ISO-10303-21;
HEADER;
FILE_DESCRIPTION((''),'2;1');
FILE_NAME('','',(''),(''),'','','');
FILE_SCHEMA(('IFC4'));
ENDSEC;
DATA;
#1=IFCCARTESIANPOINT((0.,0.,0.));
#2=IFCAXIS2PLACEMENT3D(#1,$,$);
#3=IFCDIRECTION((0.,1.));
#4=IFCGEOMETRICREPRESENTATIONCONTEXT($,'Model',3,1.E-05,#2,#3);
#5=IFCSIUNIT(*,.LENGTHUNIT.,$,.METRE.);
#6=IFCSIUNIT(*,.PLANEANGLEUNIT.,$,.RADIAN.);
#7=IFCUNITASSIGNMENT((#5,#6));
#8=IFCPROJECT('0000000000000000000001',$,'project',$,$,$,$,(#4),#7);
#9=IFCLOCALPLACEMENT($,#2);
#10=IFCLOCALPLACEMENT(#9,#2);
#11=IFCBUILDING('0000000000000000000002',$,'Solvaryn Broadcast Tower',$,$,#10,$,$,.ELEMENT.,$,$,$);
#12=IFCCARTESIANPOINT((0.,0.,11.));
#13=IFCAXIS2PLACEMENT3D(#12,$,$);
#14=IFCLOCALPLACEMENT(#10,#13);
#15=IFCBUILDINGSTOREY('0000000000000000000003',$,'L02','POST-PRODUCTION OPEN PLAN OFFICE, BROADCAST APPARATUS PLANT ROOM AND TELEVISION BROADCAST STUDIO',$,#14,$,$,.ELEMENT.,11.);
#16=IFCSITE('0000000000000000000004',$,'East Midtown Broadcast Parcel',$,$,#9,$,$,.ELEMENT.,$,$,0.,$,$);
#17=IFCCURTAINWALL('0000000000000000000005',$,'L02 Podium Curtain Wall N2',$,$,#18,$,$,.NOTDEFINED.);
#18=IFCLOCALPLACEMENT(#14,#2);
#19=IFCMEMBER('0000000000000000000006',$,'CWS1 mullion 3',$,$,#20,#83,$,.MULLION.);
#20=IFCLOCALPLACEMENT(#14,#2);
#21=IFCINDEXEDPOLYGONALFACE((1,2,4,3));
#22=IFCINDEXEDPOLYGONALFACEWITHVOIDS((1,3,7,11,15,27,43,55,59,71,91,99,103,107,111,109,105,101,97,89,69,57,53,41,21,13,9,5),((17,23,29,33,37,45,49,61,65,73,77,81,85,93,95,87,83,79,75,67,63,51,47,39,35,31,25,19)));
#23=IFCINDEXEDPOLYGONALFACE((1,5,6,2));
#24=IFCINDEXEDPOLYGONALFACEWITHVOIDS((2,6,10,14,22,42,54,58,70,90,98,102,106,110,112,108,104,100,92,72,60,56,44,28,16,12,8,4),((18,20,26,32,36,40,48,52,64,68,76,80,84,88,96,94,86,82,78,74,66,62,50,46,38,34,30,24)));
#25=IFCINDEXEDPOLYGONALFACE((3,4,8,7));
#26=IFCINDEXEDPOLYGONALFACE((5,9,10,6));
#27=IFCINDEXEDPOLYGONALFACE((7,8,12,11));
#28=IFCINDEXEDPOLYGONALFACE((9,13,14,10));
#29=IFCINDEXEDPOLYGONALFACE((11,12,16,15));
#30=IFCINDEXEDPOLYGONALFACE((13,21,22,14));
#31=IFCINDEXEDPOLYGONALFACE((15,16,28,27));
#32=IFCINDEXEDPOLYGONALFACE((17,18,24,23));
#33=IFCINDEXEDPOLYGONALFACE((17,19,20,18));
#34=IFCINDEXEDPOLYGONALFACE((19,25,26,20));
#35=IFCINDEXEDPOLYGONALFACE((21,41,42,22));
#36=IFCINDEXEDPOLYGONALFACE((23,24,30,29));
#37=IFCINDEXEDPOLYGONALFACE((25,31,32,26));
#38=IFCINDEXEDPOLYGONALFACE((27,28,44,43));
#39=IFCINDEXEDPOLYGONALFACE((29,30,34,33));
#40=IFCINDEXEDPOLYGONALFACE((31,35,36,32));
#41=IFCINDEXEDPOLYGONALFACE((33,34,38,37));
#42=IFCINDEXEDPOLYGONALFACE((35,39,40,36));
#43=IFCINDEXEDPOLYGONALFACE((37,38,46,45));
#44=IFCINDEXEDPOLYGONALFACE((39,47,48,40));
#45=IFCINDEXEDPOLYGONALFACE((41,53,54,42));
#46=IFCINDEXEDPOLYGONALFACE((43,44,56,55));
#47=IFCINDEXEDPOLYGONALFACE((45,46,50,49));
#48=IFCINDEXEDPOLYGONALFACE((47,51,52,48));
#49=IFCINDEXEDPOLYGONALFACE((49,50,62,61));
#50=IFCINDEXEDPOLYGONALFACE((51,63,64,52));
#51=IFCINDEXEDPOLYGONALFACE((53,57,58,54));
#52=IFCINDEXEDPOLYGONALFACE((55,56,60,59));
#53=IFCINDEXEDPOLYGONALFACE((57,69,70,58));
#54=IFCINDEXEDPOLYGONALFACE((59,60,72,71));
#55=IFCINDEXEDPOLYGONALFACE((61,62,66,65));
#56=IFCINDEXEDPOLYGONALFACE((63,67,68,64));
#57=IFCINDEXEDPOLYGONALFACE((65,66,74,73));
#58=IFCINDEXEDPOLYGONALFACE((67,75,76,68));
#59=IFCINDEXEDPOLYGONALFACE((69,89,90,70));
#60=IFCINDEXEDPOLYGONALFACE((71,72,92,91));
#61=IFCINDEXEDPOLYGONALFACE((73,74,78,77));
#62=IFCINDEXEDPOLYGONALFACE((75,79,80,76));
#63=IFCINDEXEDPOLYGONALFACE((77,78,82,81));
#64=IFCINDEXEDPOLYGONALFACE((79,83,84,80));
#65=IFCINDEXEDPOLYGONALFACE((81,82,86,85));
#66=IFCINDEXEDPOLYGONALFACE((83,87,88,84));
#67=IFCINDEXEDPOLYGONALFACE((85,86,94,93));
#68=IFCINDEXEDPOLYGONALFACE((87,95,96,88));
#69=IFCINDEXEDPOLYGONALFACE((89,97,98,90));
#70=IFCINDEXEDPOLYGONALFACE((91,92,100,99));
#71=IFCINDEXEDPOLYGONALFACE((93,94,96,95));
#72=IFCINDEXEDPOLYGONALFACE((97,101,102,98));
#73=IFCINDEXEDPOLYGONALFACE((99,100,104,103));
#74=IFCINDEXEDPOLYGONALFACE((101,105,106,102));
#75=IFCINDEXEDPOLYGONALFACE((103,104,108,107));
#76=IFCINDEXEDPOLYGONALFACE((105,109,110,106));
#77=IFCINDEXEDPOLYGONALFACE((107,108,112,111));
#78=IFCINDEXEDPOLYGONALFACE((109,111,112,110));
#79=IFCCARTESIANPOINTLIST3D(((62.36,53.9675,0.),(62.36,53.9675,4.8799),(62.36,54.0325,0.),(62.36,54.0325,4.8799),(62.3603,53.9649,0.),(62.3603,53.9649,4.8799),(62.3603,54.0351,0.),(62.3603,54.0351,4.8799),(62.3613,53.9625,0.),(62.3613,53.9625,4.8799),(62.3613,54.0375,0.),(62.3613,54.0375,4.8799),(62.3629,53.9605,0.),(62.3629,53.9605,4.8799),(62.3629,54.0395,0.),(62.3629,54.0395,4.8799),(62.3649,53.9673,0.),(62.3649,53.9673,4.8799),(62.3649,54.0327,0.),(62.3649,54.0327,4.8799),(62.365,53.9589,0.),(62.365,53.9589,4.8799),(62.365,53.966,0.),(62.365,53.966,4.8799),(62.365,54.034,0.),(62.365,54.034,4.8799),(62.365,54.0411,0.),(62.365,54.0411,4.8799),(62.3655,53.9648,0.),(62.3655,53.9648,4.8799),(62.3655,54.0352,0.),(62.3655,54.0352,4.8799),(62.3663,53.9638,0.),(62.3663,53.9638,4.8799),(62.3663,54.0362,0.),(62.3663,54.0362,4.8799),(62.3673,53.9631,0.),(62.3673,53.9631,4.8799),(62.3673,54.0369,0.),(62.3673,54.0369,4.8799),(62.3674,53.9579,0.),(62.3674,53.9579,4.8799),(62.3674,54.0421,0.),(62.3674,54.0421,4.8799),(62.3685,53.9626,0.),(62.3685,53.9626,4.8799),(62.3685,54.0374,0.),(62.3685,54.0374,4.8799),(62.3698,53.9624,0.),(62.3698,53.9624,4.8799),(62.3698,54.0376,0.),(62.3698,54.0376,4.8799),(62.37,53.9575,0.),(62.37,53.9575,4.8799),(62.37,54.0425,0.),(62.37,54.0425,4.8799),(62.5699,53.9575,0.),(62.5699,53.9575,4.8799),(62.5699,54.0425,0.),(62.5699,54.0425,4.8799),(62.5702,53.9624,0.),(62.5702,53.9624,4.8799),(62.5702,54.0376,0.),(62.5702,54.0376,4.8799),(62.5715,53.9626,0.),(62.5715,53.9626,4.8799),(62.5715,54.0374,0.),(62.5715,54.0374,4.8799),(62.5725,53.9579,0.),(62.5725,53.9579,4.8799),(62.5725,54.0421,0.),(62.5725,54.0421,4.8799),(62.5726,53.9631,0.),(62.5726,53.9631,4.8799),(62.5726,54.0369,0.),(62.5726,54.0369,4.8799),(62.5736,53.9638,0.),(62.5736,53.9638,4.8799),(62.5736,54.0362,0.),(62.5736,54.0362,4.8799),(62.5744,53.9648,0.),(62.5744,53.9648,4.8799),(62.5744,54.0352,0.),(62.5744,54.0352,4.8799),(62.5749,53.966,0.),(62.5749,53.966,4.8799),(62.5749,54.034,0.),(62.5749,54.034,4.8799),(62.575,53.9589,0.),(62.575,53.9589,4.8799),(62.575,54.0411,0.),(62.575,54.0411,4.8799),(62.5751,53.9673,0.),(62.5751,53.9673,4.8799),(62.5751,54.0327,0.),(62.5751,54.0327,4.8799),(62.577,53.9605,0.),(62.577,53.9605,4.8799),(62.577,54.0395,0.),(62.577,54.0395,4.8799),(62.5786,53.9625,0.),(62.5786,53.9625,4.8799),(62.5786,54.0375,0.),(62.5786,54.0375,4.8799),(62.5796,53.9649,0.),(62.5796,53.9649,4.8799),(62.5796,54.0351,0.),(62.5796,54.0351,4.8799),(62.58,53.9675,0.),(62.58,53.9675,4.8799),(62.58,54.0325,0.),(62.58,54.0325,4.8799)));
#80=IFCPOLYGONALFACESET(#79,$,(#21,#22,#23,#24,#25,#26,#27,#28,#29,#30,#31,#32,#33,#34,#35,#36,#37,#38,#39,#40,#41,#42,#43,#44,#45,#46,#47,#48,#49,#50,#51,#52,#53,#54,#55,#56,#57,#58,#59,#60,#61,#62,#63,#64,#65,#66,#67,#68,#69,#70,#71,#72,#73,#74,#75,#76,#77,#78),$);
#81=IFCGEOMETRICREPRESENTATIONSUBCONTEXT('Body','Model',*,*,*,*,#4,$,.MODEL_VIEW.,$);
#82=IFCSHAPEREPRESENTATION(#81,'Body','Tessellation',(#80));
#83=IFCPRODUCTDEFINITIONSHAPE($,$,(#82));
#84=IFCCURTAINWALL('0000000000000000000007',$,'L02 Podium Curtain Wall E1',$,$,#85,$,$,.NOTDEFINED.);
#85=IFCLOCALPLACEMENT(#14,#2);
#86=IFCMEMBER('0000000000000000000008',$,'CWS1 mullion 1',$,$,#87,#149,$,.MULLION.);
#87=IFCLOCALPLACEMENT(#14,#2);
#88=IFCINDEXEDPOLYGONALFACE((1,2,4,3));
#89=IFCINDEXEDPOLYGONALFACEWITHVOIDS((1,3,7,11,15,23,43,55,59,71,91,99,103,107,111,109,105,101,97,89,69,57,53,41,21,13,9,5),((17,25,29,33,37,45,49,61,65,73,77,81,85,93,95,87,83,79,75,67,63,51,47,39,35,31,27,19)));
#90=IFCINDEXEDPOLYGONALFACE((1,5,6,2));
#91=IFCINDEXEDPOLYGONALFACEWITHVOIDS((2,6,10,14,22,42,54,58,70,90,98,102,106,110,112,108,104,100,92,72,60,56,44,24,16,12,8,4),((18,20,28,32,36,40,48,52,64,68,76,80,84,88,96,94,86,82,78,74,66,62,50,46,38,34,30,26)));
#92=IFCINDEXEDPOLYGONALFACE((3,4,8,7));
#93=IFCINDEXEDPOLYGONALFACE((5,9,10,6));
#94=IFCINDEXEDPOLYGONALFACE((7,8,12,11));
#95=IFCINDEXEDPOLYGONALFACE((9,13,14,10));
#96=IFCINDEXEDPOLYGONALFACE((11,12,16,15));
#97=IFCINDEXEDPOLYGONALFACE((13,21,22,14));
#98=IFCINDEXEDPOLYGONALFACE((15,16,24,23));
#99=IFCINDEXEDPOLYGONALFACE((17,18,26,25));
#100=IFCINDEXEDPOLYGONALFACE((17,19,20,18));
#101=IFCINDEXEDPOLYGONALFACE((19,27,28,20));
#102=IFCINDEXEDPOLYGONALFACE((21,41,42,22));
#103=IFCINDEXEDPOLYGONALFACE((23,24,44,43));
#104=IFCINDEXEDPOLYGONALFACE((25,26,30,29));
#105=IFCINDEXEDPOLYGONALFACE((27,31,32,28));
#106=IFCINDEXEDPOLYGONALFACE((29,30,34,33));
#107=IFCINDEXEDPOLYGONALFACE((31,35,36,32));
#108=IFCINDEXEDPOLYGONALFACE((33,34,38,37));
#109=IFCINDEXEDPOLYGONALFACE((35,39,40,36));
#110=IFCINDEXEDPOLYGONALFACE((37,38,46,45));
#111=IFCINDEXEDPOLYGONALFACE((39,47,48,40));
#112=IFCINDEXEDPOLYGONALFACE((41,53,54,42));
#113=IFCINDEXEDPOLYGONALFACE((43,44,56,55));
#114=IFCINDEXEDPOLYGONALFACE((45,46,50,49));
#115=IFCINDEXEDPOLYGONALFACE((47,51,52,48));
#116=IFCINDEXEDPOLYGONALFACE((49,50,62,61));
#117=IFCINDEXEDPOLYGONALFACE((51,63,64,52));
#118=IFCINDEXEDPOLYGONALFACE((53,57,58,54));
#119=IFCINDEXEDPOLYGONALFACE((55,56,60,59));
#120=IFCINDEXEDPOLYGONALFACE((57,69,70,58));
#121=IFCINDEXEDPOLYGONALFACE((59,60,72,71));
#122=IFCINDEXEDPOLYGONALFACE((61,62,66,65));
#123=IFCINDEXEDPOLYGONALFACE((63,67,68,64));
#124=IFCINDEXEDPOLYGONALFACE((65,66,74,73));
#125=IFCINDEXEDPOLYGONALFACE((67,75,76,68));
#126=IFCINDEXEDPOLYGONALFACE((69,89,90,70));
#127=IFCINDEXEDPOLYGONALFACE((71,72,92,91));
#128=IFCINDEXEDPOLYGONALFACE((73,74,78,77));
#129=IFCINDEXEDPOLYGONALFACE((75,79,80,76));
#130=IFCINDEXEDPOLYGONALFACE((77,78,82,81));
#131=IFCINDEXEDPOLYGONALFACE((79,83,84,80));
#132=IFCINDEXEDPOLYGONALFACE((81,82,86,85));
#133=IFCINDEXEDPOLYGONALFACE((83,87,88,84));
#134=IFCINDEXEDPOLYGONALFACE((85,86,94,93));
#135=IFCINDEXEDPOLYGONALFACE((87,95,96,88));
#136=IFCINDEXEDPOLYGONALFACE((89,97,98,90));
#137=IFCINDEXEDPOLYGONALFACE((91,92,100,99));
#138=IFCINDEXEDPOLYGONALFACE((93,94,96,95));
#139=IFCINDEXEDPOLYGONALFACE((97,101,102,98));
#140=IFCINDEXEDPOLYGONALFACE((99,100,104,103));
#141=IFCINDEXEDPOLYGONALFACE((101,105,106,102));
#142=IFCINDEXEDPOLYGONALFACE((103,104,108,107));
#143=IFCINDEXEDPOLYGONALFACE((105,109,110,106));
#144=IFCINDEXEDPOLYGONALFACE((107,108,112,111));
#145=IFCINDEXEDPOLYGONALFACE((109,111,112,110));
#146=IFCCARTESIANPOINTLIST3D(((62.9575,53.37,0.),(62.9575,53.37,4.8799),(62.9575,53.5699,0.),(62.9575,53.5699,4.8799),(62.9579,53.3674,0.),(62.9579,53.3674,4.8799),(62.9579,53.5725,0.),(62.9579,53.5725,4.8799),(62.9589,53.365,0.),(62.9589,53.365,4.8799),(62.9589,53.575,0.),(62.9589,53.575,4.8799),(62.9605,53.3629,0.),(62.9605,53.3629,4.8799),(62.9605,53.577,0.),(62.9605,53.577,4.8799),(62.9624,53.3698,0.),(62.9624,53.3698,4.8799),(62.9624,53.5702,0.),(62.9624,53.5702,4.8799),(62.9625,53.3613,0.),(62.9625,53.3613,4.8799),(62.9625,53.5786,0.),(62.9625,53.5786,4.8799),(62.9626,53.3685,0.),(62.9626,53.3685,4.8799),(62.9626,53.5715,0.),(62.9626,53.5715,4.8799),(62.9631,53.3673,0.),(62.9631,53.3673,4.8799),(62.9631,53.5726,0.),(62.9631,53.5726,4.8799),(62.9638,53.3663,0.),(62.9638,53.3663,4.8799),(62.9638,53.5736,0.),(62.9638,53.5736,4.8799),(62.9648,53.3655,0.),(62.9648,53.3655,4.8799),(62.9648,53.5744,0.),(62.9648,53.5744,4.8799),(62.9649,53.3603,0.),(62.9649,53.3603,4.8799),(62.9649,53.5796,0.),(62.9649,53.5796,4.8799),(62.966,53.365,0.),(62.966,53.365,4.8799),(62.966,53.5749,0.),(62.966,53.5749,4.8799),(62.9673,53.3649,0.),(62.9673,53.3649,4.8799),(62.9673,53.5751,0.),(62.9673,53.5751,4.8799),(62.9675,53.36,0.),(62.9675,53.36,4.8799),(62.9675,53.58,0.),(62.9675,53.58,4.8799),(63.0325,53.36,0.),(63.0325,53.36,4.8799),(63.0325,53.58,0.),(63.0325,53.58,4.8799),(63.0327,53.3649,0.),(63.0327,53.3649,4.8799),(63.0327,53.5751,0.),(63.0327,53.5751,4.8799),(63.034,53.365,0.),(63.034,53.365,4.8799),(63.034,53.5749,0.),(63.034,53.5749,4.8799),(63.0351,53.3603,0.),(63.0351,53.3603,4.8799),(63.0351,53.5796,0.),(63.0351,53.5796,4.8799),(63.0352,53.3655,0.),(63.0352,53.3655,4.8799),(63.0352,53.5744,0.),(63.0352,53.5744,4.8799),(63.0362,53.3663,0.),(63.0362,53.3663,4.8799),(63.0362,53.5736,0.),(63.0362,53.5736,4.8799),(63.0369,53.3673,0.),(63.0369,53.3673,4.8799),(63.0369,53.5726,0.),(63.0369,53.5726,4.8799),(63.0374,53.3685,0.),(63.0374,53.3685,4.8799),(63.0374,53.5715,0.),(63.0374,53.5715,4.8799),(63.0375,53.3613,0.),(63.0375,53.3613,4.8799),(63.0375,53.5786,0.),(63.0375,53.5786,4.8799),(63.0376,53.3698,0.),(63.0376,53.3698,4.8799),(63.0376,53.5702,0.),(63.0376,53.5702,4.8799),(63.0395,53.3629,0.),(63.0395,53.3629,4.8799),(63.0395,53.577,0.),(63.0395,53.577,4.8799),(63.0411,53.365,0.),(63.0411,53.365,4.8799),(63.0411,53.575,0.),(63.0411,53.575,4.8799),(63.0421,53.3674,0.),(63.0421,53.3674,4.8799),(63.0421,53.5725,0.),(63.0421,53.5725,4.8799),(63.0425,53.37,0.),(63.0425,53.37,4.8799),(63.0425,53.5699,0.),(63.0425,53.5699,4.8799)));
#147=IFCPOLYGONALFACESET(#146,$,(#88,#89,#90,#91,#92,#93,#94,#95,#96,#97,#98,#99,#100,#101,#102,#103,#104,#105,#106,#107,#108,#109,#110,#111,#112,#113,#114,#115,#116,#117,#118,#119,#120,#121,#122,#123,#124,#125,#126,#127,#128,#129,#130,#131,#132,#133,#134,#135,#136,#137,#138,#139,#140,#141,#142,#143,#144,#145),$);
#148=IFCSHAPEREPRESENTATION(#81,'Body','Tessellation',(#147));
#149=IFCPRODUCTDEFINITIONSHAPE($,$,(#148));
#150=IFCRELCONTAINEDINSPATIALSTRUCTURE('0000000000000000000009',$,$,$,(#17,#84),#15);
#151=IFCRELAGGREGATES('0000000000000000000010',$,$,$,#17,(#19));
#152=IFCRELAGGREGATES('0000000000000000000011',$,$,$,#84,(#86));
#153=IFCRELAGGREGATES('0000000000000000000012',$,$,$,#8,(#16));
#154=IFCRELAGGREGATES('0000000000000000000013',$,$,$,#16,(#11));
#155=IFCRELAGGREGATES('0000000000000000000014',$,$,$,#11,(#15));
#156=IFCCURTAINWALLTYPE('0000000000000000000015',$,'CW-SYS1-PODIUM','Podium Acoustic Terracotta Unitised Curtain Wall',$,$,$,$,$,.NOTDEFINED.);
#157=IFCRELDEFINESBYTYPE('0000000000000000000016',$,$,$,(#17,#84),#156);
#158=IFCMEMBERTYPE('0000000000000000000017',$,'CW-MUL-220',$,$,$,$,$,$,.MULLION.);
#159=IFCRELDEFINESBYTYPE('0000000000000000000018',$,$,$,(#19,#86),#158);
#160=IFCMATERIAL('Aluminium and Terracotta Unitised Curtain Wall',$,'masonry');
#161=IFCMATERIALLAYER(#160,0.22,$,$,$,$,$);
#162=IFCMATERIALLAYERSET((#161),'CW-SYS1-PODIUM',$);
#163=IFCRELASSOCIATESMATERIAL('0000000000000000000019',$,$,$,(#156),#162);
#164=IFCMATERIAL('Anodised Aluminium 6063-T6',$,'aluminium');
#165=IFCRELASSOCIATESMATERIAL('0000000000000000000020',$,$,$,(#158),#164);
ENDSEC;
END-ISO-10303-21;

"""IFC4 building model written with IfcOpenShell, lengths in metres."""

from ifc_helpers import new_model, si_unit, direction, frame, origin, origin_2d, place, context, subcontext, project, spatial, hollow_rectangle, extrude, material, layer, layer_set, material_profile, profile_set, type_object, element, aggregate, save


model = new_model("IFC4")

# Units and contexts
model_context = context("Model", 3, precision=1e-05, world=origin(), true_north=direction((0.0, 1.0)))
body_context = subcontext(model_context, "Body", "Model", "MODEL_VIEW")
ifc_project = project(units=[si_unit("LENGTHUNIT", "METRE"), si_unit("PLANEANGLEUNIT", "RADIAN")], contexts=[model_context])

# Site, building, storey
site_placement = place(None, origin())
site = spatial("IfcSite", under=ifc_project, at=site_placement, Name="East Midtown Broadcast Parcel", CompositionType="ELEMENT", RefElevation=0.0)
building_placement = place(site_placement, origin())
building = spatial("IfcBuilding", under=site, at=building_placement, Name="Solvaryn Broadcast Tower", CompositionType="ELEMENT")
storey_placement = place(building_placement, frame((0.0, 0.0, 11.0)))
storey = spatial("IfcBuildingStorey", under=building, at=storey_placement, Name="L02", Description="POST-PRODUCTION OPEN PLAN OFFICE, BROADCAST APPARATUS PLANT ROOM AND TELEVISION BROADCAST STUDIO", CompositionType="ELEMENT", Elevation=11.0)

# Curtain wall, member
ifc_material_1 = material(Name="Aluminium and Terracotta Unitised Curtain Wall", Category="masonry")
ifc_layer_1 = layer(ifc_material_1, 0.22)
ifc_layer_set_1 = layer_set([ifc_layer_1], Name="CW-SYS1-PODIUM")
curtain_wall_type = type_object("IfcCurtainWallType", Name="CW-SYS1-PODIUM", Description="Podium Acoustic Terracotta Unitised Curtain Wall", PredefinedType="NOTDEFINED", material=ifc_layer_set_1)
curtain_wall_1_placement = place(storey_placement, origin())
curtain_wall_1 = element("IfcCurtainWall", 1, at=curtain_wall_1_placement, inside=storey, type_object=curtain_wall_type, Name="L02 Podium Curtain Wall N2", PredefinedType="NOTDEFINED")
ifc_material_2 = material(Name="Anodised Aluminium 6063-T6", Category="aluminium")
ifc_material_profile_1 = material_profile(ifc_material_2, hollow_rectangle(XDim=0.085, YDim=0.22, WallThickness=0.0049, InnerFilletRadius=0.0049, OuterFilletRadius=0.01, at=origin_2d()))
ifc_profile_set_1 = profile_set([ifc_material_profile_1], Name="Anodised Aluminium 6063-T6")
member_type_1 = type_object("IfcMemberType", Name="CW-MUL-220", PredefinedType="MULLION", material=ifc_profile_set_1)
member_1_placement = place(storey_placement, frame((62.47, 54.0, 0.0), z_axis=(0.0, 0.0, 1.0), x_axis=(0.0, 1.0, 0.0)))
member_1 = element("IfcMember", 2, at=member_1_placement, type_object=member_type_1, Name="CWS1 mullion 3", PredefinedType="MULLION", context=body_context, shape_type="SweptSolid", body=[
    extrude(hollow_rectangle(XDim=0.085, YDim=0.22, WallThickness=0.0049, InnerFilletRadius=0.0049, OuterFilletRadius=0.01, at=origin_2d()), origin(), (0.0, 0.0, 1.0), 4.8799),
])

# Curtain wall, member
curtain_wall_2_placement = place(storey_placement, origin())
curtain_wall_2 = element("IfcCurtainWall", 3, at=curtain_wall_2_placement, inside=storey, type_object=curtain_wall_type, Name="L02 Podium Curtain Wall E1", PredefinedType="NOTDEFINED")
member_2_placement = place(storey_placement, frame((63.0, 53.47, 0.0), z_axis=(0.0, 0.0, 1.0), x_axis=(1.0, 0.0, 0.0)))
member_2 = element("IfcMember", 4, at=member_2_placement, type_object=member_type_1, Name="CWS1 mullion 1", PredefinedType="MULLION", context=body_context, shape_type="SweptSolid", body=[
    extrude(hollow_rectangle(XDim=0.085, YDim=0.22, WallThickness=0.0049, InnerFilletRadius=0.0049, OuterFilletRadius=0.01, at=origin_2d()), origin(), (0.0, 0.0, 1.0), 4.8799),
])

aggregate(curtain_wall_1, [member_1])
aggregate(curtain_wall_2, [member_2])

save(model, "model.ifc")
